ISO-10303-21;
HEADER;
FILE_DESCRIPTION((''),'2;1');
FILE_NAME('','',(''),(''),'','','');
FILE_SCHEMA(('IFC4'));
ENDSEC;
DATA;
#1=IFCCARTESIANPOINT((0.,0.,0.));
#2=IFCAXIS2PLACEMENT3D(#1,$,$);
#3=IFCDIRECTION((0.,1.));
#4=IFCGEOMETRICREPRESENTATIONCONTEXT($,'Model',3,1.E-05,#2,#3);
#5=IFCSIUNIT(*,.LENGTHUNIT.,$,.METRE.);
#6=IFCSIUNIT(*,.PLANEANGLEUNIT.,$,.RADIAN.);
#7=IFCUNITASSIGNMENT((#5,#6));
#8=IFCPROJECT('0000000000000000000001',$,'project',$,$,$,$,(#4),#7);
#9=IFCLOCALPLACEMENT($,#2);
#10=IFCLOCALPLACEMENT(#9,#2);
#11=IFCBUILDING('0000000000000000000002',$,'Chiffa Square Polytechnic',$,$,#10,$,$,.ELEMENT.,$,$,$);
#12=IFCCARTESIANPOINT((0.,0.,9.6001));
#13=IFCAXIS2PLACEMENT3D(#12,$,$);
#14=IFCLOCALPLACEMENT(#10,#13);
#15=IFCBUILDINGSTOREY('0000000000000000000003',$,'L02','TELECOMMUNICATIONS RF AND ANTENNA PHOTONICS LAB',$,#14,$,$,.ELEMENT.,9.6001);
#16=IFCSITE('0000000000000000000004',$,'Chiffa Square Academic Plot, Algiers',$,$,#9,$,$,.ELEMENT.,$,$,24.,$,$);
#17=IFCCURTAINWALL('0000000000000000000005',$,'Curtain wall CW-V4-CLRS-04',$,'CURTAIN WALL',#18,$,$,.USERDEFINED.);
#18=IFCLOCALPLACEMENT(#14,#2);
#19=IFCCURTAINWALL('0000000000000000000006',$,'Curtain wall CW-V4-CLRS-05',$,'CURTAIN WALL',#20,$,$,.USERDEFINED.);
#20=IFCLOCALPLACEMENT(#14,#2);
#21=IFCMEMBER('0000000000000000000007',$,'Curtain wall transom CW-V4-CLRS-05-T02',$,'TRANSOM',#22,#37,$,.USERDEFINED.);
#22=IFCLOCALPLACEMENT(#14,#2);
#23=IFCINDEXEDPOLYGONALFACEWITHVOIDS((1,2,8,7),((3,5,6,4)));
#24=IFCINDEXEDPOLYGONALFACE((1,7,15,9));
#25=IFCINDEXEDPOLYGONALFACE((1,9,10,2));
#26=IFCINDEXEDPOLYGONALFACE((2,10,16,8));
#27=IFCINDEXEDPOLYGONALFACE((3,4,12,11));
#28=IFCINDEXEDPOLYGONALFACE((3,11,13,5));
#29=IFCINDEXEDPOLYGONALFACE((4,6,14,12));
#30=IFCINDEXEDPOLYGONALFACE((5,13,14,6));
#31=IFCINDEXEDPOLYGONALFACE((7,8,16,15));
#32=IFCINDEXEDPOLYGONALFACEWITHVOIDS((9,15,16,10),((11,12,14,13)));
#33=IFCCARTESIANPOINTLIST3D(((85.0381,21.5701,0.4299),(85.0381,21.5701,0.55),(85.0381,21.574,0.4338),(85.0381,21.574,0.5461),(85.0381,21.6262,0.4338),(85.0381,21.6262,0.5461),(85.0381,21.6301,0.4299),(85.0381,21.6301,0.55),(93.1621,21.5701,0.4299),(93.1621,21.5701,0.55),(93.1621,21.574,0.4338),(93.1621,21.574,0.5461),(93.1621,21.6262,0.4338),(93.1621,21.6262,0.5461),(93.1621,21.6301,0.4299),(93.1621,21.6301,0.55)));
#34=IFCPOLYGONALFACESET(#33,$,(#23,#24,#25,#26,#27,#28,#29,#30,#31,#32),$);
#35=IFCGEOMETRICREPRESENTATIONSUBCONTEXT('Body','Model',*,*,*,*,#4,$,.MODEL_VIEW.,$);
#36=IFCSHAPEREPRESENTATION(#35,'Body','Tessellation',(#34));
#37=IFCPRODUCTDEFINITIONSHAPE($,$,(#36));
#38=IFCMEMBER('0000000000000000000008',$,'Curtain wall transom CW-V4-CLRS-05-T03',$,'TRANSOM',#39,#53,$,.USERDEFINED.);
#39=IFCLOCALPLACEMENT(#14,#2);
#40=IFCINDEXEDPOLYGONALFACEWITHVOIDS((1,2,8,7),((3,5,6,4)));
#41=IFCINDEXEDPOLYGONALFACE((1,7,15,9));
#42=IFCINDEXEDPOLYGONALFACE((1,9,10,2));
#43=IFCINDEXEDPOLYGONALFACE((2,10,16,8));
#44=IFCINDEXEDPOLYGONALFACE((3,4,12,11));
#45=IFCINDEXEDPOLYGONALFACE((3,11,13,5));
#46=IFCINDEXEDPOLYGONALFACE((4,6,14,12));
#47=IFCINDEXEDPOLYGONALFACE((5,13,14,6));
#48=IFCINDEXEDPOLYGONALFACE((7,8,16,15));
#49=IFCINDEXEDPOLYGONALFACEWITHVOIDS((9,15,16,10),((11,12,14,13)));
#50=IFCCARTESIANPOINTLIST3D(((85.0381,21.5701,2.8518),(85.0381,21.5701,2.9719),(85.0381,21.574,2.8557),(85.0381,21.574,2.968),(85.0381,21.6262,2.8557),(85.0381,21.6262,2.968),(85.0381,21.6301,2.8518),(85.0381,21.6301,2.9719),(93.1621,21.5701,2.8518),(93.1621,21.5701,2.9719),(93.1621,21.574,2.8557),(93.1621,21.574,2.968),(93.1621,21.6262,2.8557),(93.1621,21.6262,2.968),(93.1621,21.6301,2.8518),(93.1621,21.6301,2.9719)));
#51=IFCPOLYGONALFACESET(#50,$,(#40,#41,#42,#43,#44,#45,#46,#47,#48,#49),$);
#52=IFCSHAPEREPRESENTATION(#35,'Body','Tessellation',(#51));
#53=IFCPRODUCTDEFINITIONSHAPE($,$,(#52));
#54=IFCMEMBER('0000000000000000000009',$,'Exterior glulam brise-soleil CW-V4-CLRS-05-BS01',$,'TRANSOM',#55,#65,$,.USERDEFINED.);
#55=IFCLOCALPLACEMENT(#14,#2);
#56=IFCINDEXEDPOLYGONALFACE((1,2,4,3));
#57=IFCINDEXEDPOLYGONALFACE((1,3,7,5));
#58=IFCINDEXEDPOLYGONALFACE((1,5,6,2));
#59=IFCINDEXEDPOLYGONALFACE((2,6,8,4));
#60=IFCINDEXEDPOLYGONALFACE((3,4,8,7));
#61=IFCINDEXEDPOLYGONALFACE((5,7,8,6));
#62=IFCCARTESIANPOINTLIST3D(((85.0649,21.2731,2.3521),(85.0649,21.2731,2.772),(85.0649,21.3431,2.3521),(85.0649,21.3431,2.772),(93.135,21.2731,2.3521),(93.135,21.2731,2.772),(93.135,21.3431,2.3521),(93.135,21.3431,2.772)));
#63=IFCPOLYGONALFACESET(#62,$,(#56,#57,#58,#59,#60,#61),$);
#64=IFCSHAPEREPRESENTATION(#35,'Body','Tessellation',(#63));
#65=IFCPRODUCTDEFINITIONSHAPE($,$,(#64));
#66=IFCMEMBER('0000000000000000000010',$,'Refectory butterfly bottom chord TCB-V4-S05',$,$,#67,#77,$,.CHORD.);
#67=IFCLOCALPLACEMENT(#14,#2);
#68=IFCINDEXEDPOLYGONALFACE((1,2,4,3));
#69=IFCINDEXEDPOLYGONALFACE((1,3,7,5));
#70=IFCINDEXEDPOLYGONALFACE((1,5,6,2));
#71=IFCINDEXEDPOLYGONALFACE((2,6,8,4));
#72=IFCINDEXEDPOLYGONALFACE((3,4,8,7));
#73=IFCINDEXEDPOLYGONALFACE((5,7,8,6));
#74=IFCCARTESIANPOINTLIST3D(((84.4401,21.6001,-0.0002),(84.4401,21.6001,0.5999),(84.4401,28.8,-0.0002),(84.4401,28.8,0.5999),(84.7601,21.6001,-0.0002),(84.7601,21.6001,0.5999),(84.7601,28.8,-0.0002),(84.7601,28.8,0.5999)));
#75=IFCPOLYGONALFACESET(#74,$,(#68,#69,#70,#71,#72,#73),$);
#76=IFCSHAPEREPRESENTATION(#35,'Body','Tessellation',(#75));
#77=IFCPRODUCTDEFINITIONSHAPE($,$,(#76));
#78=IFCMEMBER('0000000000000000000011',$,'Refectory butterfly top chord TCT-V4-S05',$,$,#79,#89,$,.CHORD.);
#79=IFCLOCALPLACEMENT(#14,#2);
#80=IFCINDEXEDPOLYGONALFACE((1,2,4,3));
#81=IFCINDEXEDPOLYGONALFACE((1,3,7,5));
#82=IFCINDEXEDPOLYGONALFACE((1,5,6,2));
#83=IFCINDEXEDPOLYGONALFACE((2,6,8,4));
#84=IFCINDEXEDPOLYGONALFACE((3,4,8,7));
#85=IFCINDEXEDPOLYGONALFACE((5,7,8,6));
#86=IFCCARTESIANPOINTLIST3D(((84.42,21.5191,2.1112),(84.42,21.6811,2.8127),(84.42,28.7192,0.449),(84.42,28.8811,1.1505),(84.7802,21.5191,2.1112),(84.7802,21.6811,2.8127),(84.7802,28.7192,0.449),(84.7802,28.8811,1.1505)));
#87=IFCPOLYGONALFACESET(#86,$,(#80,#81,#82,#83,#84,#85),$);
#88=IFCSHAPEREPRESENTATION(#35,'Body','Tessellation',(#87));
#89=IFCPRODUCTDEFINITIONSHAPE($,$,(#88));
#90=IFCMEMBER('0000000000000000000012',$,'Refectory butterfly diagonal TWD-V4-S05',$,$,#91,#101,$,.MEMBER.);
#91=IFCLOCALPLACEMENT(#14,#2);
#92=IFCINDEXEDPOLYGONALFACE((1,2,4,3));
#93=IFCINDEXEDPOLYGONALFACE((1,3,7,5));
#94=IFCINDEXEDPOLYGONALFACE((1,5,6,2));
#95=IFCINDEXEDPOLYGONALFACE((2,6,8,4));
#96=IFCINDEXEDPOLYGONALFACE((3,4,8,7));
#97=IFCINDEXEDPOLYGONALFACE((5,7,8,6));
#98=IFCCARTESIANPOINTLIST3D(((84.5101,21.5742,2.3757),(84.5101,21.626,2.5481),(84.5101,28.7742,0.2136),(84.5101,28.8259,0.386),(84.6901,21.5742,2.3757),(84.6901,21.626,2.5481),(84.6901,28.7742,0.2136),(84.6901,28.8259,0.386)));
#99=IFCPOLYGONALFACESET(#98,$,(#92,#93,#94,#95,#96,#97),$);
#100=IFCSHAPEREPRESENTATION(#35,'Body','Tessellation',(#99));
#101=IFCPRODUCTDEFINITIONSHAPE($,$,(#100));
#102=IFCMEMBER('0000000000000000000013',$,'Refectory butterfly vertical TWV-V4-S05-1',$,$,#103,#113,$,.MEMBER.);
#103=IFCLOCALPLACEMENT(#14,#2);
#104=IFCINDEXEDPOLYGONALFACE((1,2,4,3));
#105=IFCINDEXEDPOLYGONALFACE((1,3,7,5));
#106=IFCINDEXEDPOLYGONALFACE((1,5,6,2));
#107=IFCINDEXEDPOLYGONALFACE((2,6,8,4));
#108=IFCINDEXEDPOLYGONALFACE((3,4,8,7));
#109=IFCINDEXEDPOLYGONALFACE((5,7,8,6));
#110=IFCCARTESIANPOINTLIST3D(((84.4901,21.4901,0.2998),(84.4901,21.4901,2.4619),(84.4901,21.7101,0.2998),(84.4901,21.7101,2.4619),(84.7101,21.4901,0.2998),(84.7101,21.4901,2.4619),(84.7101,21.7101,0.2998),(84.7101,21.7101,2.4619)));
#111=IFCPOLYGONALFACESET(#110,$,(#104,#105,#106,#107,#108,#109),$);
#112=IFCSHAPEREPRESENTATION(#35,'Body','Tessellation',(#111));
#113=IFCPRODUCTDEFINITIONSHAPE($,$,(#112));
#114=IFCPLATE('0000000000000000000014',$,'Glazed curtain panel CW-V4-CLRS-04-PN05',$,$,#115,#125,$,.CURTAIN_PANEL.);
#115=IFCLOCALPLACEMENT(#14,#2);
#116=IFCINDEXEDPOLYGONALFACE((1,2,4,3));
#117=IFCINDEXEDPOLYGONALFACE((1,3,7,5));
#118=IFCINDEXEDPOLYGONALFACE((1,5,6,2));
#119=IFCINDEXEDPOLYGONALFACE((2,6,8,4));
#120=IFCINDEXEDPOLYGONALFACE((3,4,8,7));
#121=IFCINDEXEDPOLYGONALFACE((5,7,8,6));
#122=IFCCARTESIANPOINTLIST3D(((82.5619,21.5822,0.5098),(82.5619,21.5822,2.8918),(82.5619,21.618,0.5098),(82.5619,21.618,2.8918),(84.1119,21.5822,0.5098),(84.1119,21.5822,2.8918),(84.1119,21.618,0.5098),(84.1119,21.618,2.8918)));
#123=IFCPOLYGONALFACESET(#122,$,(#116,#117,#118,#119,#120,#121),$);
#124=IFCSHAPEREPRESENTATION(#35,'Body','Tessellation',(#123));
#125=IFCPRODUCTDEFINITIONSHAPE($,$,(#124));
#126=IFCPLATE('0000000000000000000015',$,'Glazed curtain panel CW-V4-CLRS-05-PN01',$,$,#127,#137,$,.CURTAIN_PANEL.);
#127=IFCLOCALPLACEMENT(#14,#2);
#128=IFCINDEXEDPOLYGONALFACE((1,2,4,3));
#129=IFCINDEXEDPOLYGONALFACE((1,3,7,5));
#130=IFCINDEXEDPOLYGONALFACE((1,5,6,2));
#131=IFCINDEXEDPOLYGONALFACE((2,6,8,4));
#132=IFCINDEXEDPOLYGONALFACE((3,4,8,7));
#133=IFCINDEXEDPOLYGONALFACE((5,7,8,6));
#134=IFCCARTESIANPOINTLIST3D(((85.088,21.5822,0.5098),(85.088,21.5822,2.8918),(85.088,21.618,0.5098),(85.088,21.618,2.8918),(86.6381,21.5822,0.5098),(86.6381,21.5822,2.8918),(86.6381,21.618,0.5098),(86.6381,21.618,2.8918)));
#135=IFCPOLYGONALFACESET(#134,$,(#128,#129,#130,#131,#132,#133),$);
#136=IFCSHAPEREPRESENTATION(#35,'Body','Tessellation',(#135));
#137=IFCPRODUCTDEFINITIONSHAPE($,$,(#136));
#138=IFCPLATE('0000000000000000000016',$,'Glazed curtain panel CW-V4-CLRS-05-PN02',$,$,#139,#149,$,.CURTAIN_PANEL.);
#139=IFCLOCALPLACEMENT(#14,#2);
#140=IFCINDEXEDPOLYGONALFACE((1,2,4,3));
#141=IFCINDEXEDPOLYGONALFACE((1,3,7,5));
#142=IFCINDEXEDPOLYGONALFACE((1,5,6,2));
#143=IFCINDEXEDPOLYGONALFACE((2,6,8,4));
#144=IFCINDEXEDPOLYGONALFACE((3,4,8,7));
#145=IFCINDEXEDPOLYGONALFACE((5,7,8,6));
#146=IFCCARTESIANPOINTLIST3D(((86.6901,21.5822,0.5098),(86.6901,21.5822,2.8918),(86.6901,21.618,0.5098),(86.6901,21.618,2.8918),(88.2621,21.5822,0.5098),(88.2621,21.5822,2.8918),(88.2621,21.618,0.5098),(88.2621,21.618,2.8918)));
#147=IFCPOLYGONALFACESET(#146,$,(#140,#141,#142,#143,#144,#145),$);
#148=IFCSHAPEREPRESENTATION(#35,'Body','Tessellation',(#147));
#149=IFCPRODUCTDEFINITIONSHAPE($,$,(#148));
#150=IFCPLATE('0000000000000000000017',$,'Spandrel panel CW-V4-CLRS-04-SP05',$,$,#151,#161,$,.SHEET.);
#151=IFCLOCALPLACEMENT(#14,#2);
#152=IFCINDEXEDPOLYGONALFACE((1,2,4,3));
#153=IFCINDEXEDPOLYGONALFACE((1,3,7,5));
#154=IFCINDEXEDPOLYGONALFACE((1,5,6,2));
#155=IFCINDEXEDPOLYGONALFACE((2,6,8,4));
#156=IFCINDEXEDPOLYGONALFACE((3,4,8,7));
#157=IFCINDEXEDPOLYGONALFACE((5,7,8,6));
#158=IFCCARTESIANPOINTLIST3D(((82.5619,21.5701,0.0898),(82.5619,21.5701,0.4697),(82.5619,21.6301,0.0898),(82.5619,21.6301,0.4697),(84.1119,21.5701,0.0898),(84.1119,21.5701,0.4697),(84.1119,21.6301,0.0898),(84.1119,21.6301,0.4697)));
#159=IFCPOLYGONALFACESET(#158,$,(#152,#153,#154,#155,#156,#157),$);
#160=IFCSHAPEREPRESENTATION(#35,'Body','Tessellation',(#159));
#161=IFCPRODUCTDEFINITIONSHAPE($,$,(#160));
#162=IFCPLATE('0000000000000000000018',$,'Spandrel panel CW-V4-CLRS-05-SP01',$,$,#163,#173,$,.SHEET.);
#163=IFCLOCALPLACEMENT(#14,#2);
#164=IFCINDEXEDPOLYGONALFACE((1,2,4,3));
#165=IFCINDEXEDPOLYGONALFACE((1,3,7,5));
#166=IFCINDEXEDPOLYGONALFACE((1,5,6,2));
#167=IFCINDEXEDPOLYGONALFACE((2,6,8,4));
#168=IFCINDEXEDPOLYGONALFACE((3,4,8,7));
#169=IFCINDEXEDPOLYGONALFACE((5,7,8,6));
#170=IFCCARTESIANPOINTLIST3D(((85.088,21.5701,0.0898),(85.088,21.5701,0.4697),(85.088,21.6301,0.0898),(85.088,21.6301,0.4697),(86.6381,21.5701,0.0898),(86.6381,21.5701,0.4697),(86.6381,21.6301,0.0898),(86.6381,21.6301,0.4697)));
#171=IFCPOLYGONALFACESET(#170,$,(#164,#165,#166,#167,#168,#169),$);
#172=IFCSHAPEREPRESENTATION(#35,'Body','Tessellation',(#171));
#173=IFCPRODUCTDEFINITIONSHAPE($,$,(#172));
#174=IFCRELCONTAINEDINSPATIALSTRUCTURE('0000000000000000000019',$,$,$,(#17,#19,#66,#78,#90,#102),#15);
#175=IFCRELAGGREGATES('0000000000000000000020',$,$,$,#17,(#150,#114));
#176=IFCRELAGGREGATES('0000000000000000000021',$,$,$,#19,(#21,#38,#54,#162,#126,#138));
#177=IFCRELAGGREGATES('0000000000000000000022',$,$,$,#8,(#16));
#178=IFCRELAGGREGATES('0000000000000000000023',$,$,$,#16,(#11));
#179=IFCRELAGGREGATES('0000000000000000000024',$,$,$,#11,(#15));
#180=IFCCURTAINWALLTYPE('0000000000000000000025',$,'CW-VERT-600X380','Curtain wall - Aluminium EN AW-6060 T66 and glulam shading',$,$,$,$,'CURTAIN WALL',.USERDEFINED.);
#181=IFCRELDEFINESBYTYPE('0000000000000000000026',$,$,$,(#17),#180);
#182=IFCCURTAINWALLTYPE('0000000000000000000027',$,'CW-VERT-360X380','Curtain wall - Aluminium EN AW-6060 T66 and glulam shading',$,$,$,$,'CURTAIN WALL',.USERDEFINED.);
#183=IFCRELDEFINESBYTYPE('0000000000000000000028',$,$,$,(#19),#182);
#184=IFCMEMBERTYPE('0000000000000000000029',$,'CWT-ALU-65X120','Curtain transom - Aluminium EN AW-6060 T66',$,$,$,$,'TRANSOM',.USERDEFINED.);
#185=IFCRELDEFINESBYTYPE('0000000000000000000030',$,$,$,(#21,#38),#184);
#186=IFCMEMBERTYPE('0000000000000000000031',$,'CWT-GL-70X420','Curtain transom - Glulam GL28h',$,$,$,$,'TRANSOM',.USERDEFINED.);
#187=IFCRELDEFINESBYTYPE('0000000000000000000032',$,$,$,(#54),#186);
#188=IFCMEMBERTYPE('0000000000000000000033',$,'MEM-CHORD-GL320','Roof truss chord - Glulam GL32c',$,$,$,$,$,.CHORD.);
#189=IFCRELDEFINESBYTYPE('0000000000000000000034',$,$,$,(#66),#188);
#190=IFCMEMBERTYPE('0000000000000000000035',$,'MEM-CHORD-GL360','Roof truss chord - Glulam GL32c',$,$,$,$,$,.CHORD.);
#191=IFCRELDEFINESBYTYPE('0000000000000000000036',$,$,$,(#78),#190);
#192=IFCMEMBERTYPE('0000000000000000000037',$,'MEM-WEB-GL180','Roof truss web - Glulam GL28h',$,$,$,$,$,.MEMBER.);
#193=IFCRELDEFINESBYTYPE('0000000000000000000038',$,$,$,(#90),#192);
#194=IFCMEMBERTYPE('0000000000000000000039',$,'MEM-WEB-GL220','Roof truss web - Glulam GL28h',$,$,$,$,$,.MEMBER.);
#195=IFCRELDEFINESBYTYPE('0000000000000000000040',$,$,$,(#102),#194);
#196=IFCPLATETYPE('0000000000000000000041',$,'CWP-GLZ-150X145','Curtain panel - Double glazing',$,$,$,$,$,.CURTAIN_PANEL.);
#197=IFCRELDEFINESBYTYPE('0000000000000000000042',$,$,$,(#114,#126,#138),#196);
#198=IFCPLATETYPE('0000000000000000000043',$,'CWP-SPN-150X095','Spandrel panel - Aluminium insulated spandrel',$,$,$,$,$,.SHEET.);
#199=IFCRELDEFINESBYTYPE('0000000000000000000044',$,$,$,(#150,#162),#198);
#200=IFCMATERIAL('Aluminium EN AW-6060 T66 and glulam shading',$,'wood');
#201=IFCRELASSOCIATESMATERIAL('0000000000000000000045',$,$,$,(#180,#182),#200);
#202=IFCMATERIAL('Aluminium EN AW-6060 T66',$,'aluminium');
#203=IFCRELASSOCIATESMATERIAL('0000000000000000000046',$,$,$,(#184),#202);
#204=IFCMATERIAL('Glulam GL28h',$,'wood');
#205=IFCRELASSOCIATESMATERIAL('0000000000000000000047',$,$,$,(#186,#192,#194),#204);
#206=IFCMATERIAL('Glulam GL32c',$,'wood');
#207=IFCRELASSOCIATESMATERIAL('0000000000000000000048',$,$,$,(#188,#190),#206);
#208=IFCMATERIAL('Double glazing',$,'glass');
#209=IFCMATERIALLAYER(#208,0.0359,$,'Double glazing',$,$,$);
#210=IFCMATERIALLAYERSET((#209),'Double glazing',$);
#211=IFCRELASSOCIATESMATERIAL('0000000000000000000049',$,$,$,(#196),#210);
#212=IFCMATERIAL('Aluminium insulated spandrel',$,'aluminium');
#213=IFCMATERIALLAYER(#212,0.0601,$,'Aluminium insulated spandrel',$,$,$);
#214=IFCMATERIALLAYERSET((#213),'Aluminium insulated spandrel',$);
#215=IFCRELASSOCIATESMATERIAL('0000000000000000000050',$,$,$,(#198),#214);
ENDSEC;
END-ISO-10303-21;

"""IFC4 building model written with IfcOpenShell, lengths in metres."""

from ifc_helpers import new_model, si_unit, direction, frame, origin, origin_2d, place, context, subcontext, project, spatial, rectangle, hollow_rectangle, extrude, material, layer, layer_set, material_profile, profile_set, type_object, element, aggregate, save


model = new_model("IFC4")

# Units and contexts
model_context = context("Model", 3, precision=1e-05, world=origin(), true_north=direction((0.0, 1.0)))
body_context = subcontext(model_context, "Body", "Model", "MODEL_VIEW")
ifc_project = project(units=[si_unit("LENGTHUNIT", "METRE"), si_unit("PLANEANGLEUNIT", "RADIAN")], contexts=[model_context])

# Site, building, storey
site_placement = place(None, origin())
site = spatial("IfcSite", under=ifc_project, at=site_placement, Name="Chiffa Square Academic Plot, Algiers", CompositionType="ELEMENT", RefElevation=24.0)
building_placement = place(site_placement, origin())
building = spatial("IfcBuilding", under=site, at=building_placement, Name="Chiffa Square Polytechnic", CompositionType="ELEMENT")
storey_placement = place(building_placement, frame((0.0, 0.0, 9.6001)))
storey = spatial("IfcBuildingStorey", under=building, at=storey_placement, Name="L02", Description="TELECOMMUNICATIONS RF AND ANTENNA PHOTONICS LAB", CompositionType="ELEMENT", Elevation=9.6001)

# Curtain walls
ifc_material_1 = material(Name="Aluminium EN AW-6060 T66 and glulam shading", Category="wood")
curtain_wall_type_1 = type_object("IfcCurtainWallType", Name="CW-VERT-600X380", Description="Curtain wall - Aluminium EN AW-6060 T66 and glulam shading", ElementType="CURTAIN WALL", PredefinedType="USERDEFINED", material=ifc_material_1)
curtain_wall_1_placement = place(storey_placement, origin())
curtain_wall_1 = element("IfcCurtainWall", 1, at=curtain_wall_1_placement, inside=storey, type_object=curtain_wall_type_1, Name="Curtain wall CW-V4-CLRS-04", ObjectType="CURTAIN WALL", PredefinedType="USERDEFINED")
ifc_material_2 = material(Name="Aluminium EN AW-6060 T66", Category="aluminium")
curtain_wall_type_2 = type_object("IfcCurtainWallType", Name="CW-VERT-360X380", Description="Curtain wall - Aluminium EN AW-6060 T66 and glulam shading", ElementType="CURTAIN WALL", PredefinedType="USERDEFINED", material=ifc_material_1)
curtain_wall_2_placement = place(storey_placement, origin())
curtain_wall_2 = element("IfcCurtainWall", 2, at=curtain_wall_2_placement, inside=storey, type_object=curtain_wall_type_2, Name="Curtain wall CW-V4-CLRS-05", ObjectType="CURTAIN WALL", PredefinedType="USERDEFINED")

# Members
ifc_material_3 = material(Name="Glulam GL28h", Category="wood")
ifc_material_profile_1 = material_profile(ifc_material_2, hollow_rectangle(XDim=0.0601, YDim=0.1201, WallThickness=0.0039, at=origin_2d()), Name="ALU 60x120x4")
ifc_profile_set_1 = profile_set([ifc_material_profile_1], Name="Aluminium EN AW-6060 T66")
member_type_1 = type_object("IfcMemberType", Name="CWT-ALU-65X120", Description="Curtain transom - Aluminium EN AW-6060 T66", ElementType="TRANSOM", PredefinedType="USERDEFINED", material=ifc_profile_set_1)
member_1_placement = place(storey_placement, frame((85.0381, 21.6001, 0.49), z_axis=(1.0, 0.0, 0.0), x_axis=(0.0, 1.0, 0.0)))
member_1 = element("IfcMember", 3, at=member_1_placement, type_object=member_type_1, Name="Curtain wall transom CW-V4-CLRS-05-T02", ObjectType="TRANSOM", PredefinedType="USERDEFINED", context=body_context, shape_type="SweptSolid", body=[
    extrude(hollow_rectangle(XDim=0.0601, YDim=0.1201, WallThickness=0.0039, at=origin_2d()), origin(), (0.0, 0.0, 1.0), 8.124),
])
member_2_placement = place(storey_placement, frame((85.0381, 21.6001, 2.9119), z_axis=(1.0, 0.0, 0.0), x_axis=(0.0, 1.0, 0.0)))
member_2 = element("IfcMember", 4, at=member_2_placement, type_object=member_type_1, Name="Curtain wall transom CW-V4-CLRS-05-T03", ObjectType="TRANSOM", PredefinedType="USERDEFINED", context=body_context, shape_type="SweptSolid", body=[
    extrude(hollow_rectangle(XDim=0.0601, YDim=0.1201, WallThickness=0.0039, at=origin_2d()), origin(), (0.0, 0.0, 1.0), 8.124),
])
ifc_material_profile_2 = material_profile(ifc_material_3, rectangle(XDim=0.0701, YDim=0.4199, at=origin_2d()), Name="GL28h 70x420")
ifc_profile_set_2 = profile_set([ifc_material_profile_2], Name="Glulam GL28h")
member_type_2 = type_object("IfcMemberType", Name="CWT-GL-70X420", Description="Curtain transom - Glulam GL28h", ElementType="TRANSOM", PredefinedType="USERDEFINED", material=ifc_profile_set_2)
member_3_placement = place(storey_placement, frame((85.0649, 21.3081, 2.562), z_axis=(1.0, 0.0, 0.0), x_axis=(0.0, 1.0, 0.0)))
member_3 = element("IfcMember", 5, at=member_3_placement, type_object=member_type_2, Name="Exterior glulam brise-soleil CW-V4-CLRS-05-BS01", ObjectType="TRANSOM", PredefinedType="USERDEFINED", context=body_context, shape_type="SweptSolid", body=[
    extrude(rectangle(XDim=0.0701, YDim=0.4199, at=origin_2d()), origin(), (0.0, 0.0, 1.0), 8.0701),
])

# Members
ifc_material_4 = material(Name="Glulam GL32c", Category="wood")
ifc_material_profile_3 = material_profile(ifc_material_4, rectangle(XDim=0.3201, YDim=0.6001, at=origin_2d()), Name="GL32c 320x600")
ifc_profile_set_3 = profile_set([ifc_material_profile_3], Name="Glulam GL32c")
member_type_3 = type_object("IfcMemberType", Name="MEM-CHORD-GL320", Description="Roof truss chord - Glulam GL32c", PredefinedType="CHORD", material=ifc_profile_set_3)
member_4_placement = place(storey_placement, frame((84.6001, 21.6001, 0.2998), z_axis=(0.0, 1.0, 0.0), x_axis=(-1.0, 0.0, 0.0)))
element("IfcMember", 6, at=member_4_placement, inside=storey, type_object=member_type_3, Name="Refectory butterfly bottom chord TCB-V4-S05", PredefinedType="CHORD", context=body_context, shape_type="SweptSolid", body=[
    extrude(rectangle(XDim=0.3201, YDim=0.6001, at=origin_2d()), origin(), (0.0, 0.0, 1.0), 7.2),
])
ifc_material_profile_4 = material_profile(ifc_material_4, rectangle(XDim=0.3601, YDim=0.72, at=origin_2d()), Name="GL32c 360x720")
ifc_profile_set_4 = profile_set([ifc_material_profile_4], Name="Glulam GL32c")
member_type_4 = type_object("IfcMemberType", Name="MEM-CHORD-GL360", Description="Roof truss chord - Glulam GL32c", PredefinedType="CHORD", material=ifc_profile_set_4)
member_5_placement = place(storey_placement, frame((84.6001, 21.6001, 2.4619), z_axis=(0.0, 0.974374, -0.224934), x_axis=(-1.0, 0.0, 0.0)))
element("IfcMember", 7, at=member_5_placement, inside=storey, type_object=member_type_4, Name="Refectory butterfly top chord TCT-V4-S05", PredefinedType="CHORD", context=body_context, shape_type="SweptSolid", body=[
    extrude(rectangle(XDim=0.3601, YDim=0.72, at=origin_2d()), origin(), (0.0, 0.0, 1.0), 7.3894),
])
ifc_material_profile_5 = material_profile(ifc_material_3, rectangle(XDim=0.1799, YDim=0.1799, at=origin_2d()), Name="GL28h 180x180")
ifc_profile_set_5 = profile_set([ifc_material_profile_5], Name="Glulam GL28h")
member_type_5 = type_object("IfcMemberType", Name="MEM-WEB-GL180", Description="Roof truss web - Glulam GL28h", PredefinedType="MEMBER", material=ifc_profile_set_5)
member_6_placement = place(storey_placement, frame((84.6001, 21.6001, 2.4619), z_axis=(0.0, 0.957748, -0.287607), x_axis=(-1.0, 0.0, 0.0)))
element("IfcMember", 8, at=member_6_placement, inside=storey, type_object=member_type_5, Name="Refectory butterfly diagonal TWD-V4-S05", PredefinedType="MEMBER", context=body_context, shape_type="SweptSolid", body=[
    extrude(rectangle(XDim=0.1799, YDim=0.1799, at=origin_2d()), origin(), (0.0, 0.0, 1.0), 7.5176),
])
ifc_material_profile_6 = material_profile(ifc_material_3, rectangle(XDim=0.22, YDim=0.22, at=origin_2d()), Name="GL28h 220x220")
ifc_profile_set_6 = profile_set([ifc_material_profile_6], Name="Glulam GL28h")
member_type_6 = type_object("IfcMemberType", Name="MEM-WEB-GL220", Description="Roof truss web - Glulam GL28h", PredefinedType="MEMBER", material=ifc_profile_set_6)
member_7_placement = place(storey_placement, frame((84.6001, 21.6001, 0.2998), z_axis=(0.0, 0.0, 1.0), x_axis=(1.0, 0.0, 0.0)))
element("IfcMember", 9, at=member_7_placement, inside=storey, type_object=member_type_6, Name="Refectory butterfly vertical TWV-V4-S05-1", PredefinedType="MEMBER", context=body_context, shape_type="SweptSolid", body=[
    extrude(rectangle(XDim=0.22, YDim=0.22, at=origin_2d()), origin(), (0.0, 0.0, 1.0), 2.1621),
])

# Plates
ifc_material_5 = material(Name="Double glazing", Category="glass")
ifc_layer_1 = layer(ifc_material_5, 0.0359, Name="Double glazing")
ifc_layer_set_1 = layer_set([ifc_layer_1], Name="Double glazing")
plate_type_1 = type_object("IfcPlateType", Name="CWP-GLZ-150X145", Description="Curtain panel - Double glazing", PredefinedType="CURTAIN_PANEL", material=ifc_layer_set_1)
plate_1_placement = place(storey_placement, frame((83.3369, 21.6001, 0.5098), z_axis=(0.0, 0.0, 1.0), x_axis=(1.0, 0.0, 0.0)))
plate_1 = element("IfcPlate", 10, at=plate_1_placement, type_object=plate_type_1, Name="Glazed curtain panel CW-V4-CLRS-04-PN05", PredefinedType="CURTAIN_PANEL", context=body_context, shape_type="SweptSolid", body=[
    extrude(rectangle(XDim=1.55, YDim=0.0359, at=origin_2d()), origin(), (0.0, 0.0, 1.0), 2.3821),
])
plate_2_placement = place(storey_placement, frame((85.863, 21.6001, 0.5098), z_axis=(0.0, 0.0, 1.0), x_axis=(1.0, 0.0, 0.0)))
plate_2 = element("IfcPlate", 11, at=plate_2_placement, type_object=plate_type_1, Name="Glazed curtain panel CW-V4-CLRS-05-PN01", PredefinedType="CURTAIN_PANEL", context=body_context, shape_type="SweptSolid", body=[
    extrude(rectangle(XDim=1.55, YDim=0.0359, at=origin_2d()), origin(), (0.0, 0.0, 1.0), 2.3821),
])
plate_3_placement = place(storey_placement, frame((87.4761, 21.6001, 0.5098), z_axis=(0.0, 0.0, 1.0), x_axis=(1.0, 0.0, 0.0)))
plate_3 = element("IfcPlate", 12, at=plate_3_placement, type_object=plate_type_1, Name="Glazed curtain panel CW-V4-CLRS-05-PN02", PredefinedType="CURTAIN_PANEL", context=body_context, shape_type="SweptSolid", body=[
    extrude(rectangle(XDim=1.572, YDim=0.0359, at=origin_2d()), origin(), (0.0, 0.0, 1.0), 2.3821),
])
ifc_material_6 = material(Name="Aluminium insulated spandrel", Category="aluminium")
ifc_layer_2 = layer(ifc_material_6, 0.0601, Name="Aluminium insulated spandrel")
ifc_layer_set_2 = layer_set([ifc_layer_2], Name="Aluminium insulated spandrel")
plate_type_2 = type_object("IfcPlateType", Name="CWP-SPN-150X095", Description="Spandrel panel - Aluminium insulated spandrel", PredefinedType="SHEET", material=ifc_layer_set_2)
plate_4_placement = place(storey_placement, frame((83.3369, 21.6001, 0.0898), z_axis=(0.0, 0.0, 1.0), x_axis=(1.0, 0.0, 0.0)))
plate_4 = element("IfcPlate", 13, at=plate_4_placement, type_object=plate_type_2, Name="Spandrel panel CW-V4-CLRS-04-SP05", PredefinedType="SHEET", context=body_context, shape_type="SweptSolid", body=[
    extrude(rectangle(XDim=1.55, YDim=0.0601, at=origin_2d()), origin(), (0.0, 0.0, 1.0), 0.3799),
])
aggregate(curtain_wall_1, [plate_4, plate_1])
plate_5_placement = place(storey_placement, frame((85.863, 21.6001, 0.0898), z_axis=(0.0, 0.0, 1.0), x_axis=(1.0, 0.0, 0.0)))
plate_5 = element("IfcPlate", 14, at=plate_5_placement, type_object=plate_type_2, Name="Spandrel panel CW-V4-CLRS-05-SP01", PredefinedType="SHEET", context=body_context, shape_type="SweptSolid", body=[
    extrude(rectangle(XDim=1.55, YDim=0.0601, at=origin_2d()), origin(), (0.0, 0.0, 1.0), 0.3799),
])
aggregate(curtain_wall_2, [member_1, member_2, member_3, plate_5, plate_2, plate_3])

save(model, "model.ifc")
